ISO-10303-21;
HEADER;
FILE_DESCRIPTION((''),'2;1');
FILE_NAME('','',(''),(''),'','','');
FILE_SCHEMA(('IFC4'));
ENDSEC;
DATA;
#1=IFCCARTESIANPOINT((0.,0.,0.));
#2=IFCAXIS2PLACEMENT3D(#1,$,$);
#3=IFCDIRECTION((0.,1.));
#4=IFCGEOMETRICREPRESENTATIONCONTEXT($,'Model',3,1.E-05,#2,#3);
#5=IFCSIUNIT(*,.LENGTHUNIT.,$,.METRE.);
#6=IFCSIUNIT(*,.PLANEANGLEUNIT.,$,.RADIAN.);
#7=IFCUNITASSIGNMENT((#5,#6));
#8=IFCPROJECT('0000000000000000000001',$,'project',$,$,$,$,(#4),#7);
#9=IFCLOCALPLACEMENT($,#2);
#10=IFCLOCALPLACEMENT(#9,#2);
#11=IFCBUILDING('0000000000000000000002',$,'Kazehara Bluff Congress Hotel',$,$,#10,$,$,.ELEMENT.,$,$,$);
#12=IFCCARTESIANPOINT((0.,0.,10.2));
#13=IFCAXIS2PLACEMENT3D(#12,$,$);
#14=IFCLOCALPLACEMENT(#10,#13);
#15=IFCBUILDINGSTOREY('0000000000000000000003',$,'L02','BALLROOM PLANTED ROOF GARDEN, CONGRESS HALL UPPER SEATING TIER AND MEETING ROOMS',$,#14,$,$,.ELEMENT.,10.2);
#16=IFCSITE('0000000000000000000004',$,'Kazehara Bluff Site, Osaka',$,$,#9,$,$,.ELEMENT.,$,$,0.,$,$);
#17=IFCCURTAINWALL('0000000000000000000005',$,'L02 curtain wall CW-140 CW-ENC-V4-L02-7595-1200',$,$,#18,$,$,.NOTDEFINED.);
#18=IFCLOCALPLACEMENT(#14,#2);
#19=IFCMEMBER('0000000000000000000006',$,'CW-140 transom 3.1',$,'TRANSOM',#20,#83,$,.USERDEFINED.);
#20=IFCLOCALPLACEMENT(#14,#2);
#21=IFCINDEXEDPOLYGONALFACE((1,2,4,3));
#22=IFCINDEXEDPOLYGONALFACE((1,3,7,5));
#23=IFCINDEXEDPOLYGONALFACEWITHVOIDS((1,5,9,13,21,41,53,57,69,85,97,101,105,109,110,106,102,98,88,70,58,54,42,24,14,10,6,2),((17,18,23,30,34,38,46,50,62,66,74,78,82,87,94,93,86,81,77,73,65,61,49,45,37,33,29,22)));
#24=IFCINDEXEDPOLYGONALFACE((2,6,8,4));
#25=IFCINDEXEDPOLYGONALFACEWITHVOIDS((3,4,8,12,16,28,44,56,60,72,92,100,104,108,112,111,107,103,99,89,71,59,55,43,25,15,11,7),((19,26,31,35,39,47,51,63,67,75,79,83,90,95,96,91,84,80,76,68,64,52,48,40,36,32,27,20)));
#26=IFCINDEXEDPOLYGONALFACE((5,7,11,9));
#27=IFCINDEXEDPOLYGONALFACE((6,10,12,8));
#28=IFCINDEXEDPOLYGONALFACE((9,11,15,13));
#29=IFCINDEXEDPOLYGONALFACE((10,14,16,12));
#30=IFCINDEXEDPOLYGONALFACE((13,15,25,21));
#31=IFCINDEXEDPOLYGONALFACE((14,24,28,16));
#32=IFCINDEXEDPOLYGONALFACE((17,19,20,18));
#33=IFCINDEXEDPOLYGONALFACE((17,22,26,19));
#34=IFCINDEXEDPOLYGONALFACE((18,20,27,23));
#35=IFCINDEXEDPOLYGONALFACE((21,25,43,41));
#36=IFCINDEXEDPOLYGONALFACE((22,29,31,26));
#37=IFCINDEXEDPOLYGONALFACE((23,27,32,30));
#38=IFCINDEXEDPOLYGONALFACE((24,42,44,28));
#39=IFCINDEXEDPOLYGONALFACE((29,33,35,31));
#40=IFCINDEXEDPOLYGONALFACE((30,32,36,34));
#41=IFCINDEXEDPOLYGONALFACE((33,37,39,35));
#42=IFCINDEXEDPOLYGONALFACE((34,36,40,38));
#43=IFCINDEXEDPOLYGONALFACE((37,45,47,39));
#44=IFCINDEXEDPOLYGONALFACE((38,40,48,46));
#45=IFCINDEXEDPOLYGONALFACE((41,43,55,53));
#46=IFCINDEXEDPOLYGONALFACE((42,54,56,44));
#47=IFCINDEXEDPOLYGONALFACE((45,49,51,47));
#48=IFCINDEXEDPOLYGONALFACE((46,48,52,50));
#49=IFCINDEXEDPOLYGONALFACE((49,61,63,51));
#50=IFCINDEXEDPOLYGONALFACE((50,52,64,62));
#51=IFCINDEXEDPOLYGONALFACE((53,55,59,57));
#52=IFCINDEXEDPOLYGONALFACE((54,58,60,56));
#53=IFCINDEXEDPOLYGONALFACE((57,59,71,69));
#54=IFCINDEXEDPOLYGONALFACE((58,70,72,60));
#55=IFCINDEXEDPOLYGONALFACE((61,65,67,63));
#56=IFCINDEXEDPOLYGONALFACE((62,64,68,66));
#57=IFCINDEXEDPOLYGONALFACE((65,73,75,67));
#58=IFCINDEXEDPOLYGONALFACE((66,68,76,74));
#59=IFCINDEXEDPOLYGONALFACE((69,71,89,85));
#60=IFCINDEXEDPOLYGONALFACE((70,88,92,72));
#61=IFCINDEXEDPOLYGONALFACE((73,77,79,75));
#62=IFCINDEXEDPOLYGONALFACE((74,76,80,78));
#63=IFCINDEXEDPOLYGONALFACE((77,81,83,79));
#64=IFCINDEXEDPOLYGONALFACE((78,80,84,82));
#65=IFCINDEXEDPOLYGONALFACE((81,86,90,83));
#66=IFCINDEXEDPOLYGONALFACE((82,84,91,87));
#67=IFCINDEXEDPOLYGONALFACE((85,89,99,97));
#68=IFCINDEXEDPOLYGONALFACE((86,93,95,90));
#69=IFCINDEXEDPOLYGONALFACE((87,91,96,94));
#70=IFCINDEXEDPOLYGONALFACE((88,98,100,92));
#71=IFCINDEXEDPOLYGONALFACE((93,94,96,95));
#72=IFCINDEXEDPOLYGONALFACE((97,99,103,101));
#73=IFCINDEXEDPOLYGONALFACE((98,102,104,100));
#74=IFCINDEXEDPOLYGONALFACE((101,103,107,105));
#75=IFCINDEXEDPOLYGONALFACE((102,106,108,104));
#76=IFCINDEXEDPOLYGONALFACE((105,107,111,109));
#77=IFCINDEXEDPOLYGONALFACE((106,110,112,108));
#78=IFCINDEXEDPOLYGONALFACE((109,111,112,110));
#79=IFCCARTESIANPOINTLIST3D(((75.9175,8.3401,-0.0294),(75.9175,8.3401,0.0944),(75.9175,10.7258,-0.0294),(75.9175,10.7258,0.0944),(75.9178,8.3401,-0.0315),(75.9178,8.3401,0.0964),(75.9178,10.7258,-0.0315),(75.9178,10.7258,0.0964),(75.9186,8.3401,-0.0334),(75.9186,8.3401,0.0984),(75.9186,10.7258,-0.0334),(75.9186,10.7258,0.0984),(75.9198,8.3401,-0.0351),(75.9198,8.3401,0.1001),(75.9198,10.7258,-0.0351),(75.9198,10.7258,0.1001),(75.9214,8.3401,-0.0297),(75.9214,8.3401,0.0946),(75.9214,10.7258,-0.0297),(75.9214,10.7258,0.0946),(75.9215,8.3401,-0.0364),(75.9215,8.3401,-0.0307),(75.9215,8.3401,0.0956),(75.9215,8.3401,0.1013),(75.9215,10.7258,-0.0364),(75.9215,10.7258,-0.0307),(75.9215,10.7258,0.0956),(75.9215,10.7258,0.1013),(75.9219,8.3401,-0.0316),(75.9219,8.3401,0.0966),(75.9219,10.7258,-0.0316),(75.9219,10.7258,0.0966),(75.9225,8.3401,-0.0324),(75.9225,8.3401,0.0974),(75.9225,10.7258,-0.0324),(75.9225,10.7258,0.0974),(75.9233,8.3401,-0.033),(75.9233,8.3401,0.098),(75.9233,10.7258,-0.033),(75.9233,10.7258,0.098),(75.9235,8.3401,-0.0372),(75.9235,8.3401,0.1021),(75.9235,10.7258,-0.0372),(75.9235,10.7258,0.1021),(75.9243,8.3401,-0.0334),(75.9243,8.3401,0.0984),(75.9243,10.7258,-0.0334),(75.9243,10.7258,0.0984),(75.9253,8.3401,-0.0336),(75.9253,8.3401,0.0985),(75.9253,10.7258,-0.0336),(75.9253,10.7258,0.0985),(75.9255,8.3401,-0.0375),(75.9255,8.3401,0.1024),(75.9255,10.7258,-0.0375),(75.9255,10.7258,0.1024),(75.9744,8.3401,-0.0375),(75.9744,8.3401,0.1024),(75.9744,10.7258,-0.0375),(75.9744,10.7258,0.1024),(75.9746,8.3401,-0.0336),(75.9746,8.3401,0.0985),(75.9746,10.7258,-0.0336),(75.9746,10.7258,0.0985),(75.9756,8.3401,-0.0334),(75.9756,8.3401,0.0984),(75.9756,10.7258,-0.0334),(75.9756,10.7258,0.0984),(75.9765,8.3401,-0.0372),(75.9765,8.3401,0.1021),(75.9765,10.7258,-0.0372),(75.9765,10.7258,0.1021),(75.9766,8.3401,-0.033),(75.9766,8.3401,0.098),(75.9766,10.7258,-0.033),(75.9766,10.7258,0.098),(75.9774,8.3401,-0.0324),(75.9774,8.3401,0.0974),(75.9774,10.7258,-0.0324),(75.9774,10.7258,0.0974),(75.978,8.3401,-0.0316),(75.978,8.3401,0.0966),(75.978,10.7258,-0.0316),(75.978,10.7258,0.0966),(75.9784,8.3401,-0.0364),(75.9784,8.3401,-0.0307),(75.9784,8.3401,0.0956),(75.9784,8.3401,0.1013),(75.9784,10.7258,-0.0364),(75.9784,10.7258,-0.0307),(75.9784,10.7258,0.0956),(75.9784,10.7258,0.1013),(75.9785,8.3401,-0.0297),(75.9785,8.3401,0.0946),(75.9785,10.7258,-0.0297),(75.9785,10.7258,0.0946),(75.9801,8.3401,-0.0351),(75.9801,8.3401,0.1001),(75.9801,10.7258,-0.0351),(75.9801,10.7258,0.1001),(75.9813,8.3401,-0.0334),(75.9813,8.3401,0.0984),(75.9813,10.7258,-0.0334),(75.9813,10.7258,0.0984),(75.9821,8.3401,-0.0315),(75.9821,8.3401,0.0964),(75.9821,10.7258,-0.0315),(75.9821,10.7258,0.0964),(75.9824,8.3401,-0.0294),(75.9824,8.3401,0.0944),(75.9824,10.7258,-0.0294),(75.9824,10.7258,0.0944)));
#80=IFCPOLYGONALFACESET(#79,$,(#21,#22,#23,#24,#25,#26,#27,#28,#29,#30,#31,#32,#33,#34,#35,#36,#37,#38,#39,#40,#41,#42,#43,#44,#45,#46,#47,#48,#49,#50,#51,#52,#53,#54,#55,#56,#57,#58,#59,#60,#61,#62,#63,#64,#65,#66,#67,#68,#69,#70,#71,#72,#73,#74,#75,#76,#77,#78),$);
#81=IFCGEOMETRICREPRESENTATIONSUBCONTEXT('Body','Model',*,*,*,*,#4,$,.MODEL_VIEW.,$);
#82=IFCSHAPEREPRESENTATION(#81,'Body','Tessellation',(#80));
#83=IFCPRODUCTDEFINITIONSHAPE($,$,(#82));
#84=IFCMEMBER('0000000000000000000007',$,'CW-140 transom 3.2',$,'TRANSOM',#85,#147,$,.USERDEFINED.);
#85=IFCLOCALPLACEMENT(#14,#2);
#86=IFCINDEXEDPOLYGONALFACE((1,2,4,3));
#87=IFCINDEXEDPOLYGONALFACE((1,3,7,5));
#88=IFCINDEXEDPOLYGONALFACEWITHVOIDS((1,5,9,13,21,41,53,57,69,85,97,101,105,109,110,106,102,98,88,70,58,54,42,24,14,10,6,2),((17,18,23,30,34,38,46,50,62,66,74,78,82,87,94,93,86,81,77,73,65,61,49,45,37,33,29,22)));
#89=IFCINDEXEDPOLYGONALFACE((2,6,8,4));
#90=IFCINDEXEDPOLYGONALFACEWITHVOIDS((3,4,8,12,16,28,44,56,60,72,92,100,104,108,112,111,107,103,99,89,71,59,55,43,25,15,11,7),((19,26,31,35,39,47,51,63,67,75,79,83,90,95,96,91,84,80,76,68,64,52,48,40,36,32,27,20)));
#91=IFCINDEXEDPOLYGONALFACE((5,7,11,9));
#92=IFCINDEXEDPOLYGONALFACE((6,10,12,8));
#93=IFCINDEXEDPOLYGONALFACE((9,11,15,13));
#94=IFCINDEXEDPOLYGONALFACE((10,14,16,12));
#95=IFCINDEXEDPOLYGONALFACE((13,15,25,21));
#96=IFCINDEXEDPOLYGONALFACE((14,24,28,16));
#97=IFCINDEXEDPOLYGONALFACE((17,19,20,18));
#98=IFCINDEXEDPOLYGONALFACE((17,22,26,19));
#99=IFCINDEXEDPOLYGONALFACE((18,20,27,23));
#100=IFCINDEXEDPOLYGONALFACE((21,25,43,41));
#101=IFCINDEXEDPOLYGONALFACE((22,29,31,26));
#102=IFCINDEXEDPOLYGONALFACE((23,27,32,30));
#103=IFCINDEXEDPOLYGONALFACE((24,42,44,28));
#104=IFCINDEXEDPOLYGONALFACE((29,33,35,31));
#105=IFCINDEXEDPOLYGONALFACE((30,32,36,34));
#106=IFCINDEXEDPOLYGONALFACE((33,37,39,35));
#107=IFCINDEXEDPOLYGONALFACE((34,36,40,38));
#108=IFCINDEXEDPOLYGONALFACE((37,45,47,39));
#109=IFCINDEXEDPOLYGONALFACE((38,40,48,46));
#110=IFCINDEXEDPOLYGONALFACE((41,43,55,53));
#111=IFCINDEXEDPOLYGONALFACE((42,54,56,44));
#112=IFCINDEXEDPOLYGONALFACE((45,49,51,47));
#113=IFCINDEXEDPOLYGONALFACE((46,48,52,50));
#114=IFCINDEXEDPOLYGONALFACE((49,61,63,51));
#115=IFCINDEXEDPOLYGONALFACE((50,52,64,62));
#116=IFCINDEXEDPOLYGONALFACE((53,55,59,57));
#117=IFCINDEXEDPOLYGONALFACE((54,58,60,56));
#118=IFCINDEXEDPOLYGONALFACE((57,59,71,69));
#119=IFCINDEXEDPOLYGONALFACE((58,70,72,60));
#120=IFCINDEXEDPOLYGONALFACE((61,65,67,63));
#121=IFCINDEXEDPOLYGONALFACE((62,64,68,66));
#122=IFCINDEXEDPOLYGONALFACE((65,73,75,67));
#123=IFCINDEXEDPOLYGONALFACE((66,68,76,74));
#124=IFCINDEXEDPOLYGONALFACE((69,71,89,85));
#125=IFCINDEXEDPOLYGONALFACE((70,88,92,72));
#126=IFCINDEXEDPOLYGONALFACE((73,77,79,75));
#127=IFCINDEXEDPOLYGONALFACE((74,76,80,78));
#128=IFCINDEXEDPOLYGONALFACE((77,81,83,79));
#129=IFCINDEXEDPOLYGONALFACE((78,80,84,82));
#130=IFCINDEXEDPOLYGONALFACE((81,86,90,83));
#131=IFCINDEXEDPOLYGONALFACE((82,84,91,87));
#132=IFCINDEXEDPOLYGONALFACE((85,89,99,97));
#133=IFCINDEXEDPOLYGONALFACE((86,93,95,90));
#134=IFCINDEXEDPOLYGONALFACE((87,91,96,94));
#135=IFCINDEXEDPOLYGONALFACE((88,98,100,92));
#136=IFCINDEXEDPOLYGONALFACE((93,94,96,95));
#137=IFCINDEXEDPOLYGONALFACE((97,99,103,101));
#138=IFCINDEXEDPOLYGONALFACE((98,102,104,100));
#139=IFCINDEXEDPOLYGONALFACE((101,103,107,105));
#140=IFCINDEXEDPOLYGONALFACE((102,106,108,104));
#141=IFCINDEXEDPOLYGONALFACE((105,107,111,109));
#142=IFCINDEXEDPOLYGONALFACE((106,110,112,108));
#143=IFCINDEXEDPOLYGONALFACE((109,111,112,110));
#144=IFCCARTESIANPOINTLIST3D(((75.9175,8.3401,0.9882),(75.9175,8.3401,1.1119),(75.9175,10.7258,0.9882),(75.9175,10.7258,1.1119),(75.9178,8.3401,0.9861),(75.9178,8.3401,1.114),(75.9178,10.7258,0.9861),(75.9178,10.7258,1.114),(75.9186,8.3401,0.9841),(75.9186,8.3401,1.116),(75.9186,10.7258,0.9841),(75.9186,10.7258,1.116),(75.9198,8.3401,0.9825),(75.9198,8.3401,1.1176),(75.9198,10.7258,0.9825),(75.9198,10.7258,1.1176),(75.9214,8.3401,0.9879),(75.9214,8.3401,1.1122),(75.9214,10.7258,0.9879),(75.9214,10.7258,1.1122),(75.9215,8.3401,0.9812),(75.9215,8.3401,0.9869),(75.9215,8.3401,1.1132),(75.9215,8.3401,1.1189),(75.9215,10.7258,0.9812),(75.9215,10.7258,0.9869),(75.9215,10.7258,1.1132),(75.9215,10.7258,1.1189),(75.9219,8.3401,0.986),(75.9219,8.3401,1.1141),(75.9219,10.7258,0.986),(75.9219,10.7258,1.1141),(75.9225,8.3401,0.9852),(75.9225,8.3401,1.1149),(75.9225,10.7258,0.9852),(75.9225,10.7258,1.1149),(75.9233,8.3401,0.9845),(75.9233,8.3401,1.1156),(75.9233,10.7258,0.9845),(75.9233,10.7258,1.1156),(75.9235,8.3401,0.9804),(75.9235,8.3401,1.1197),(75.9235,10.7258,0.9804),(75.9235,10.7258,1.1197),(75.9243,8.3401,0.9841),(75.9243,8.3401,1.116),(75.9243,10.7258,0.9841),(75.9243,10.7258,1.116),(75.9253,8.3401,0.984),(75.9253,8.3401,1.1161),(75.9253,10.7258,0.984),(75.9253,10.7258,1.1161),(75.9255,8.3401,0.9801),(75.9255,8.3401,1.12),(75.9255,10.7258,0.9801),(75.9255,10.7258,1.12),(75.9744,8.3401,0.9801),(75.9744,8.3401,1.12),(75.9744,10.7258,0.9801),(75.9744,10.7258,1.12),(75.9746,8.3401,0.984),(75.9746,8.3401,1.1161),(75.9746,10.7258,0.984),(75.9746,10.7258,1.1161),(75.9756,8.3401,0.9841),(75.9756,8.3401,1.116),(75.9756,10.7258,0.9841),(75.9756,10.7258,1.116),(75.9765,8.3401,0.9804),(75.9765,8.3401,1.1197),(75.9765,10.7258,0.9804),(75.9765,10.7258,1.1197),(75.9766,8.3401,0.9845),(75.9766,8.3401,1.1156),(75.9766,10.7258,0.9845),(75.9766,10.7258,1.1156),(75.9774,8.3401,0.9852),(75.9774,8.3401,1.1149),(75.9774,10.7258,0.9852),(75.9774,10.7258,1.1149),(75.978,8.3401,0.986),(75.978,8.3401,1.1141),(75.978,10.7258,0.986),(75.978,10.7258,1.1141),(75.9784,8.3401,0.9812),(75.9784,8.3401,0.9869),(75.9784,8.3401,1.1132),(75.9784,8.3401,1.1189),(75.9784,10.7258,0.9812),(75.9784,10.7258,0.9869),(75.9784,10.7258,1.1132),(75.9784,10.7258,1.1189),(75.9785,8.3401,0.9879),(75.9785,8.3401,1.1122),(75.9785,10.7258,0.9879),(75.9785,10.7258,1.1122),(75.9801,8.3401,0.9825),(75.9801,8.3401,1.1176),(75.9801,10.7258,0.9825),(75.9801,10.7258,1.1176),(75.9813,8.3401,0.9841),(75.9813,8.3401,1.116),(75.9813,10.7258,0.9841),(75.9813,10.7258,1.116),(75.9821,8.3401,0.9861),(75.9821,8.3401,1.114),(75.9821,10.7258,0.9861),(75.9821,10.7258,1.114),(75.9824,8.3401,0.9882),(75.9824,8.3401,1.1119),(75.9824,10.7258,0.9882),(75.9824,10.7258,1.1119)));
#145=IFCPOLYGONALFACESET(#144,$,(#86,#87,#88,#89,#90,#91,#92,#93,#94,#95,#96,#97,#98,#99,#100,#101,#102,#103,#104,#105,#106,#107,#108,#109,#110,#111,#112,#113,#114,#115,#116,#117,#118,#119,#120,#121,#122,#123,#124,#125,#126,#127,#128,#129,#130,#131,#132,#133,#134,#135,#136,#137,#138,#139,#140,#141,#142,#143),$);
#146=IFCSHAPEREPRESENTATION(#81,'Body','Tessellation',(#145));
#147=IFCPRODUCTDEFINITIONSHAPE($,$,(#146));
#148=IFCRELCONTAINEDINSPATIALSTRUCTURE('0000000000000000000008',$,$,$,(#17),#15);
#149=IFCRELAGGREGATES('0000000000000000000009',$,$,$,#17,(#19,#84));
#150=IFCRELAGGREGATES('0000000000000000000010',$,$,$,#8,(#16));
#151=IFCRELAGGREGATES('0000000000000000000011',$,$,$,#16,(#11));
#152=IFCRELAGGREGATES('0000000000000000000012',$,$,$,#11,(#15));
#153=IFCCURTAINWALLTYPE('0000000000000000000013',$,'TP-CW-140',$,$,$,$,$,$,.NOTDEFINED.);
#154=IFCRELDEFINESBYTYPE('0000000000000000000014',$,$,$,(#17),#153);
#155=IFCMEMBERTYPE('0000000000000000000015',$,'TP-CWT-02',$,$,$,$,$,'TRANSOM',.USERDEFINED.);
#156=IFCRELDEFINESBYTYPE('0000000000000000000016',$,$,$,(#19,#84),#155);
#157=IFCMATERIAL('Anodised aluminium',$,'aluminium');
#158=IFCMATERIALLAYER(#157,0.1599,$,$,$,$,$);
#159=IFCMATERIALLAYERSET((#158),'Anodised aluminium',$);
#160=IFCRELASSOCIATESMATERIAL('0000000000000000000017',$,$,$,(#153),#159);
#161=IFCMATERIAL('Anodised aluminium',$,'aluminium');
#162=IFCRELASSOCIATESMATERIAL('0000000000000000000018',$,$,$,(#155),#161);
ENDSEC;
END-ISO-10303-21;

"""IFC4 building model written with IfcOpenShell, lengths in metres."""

from ifc_helpers import new_model, si_unit, direction, frame, origin, origin_2d, place, context, subcontext, project, spatial, hollow_rectangle, extrude, material, layer, layer_set, material_profile, profile_set, type_object, element, aggregate, save


model = new_model("IFC4")

# Units and contexts
model_context = context("Model", 3, precision=1e-05, world=origin(), true_north=direction((0.0, 1.0)))
body_context = subcontext(model_context, "Body", "Model", "MODEL_VIEW")
ifc_project = project(units=[si_unit("LENGTHUNIT", "METRE"), si_unit("PLANEANGLEUNIT", "RADIAN")], contexts=[model_context])

# Site, building, storey
site_placement = place(None, origin())
site = spatial("IfcSite", under=ifc_project, at=site_placement, Name="Kazehara Bluff Site, Osaka", CompositionType="ELEMENT", RefElevation=0.0)
building_placement = place(site_placement, origin())
building = spatial("IfcBuilding", under=site, at=building_placement, Name="Kazehara Bluff Congress Hotel", CompositionType="ELEMENT")
storey_placement = place(building_placement, frame((0.0, 0.0, 10.2)))
storey = spatial("IfcBuildingStorey", under=building, at=storey_placement, Name="L02", Description="BALLROOM PLANTED ROOF GARDEN, CONGRESS HALL UPPER SEATING TIER AND MEETING ROOMS", CompositionType="ELEMENT", Elevation=10.2)

# Curtain wall
ifc_material_1 = material(Name="Anodised aluminium", Category="aluminium")
ifc_layer_1 = layer(ifc_material_1, 0.1599)
ifc_layer_set_1 = layer_set([ifc_layer_1], Name="Anodised aluminium")
curtain_wall_type_1 = type_object("IfcCurtainWallType", Name="TP-CW-140", PredefinedType="NOTDEFINED", material=ifc_layer_set_1)
curtain_wall_1_placement = place(storey_placement, origin())
curtain_wall_1 = element("IfcCurtainWall", 1, at=curtain_wall_1_placement, inside=storey, type_object=curtain_wall_type_1, Name="L02 curtain wall CW-140 CW-ENC-V4-L02-7595-1200", PredefinedType="NOTDEFINED")

# Members
ifc_material_2 = material(Name="Anodised aluminium", Category="aluminium")
ifc_material_profile_1 = material_profile(ifc_material_2, hollow_rectangle(XDim=0.0649, YDim=0.1399, WallThickness=0.0039, InnerFilletRadius=0.0039, OuterFilletRadius=0.0081, at=origin_2d()))
ifc_profile_set_1 = profile_set([ifc_material_profile_1], Name="Anodised aluminium")
member_type_1 = type_object("IfcMemberType", Name="TP-CWT-02", ElementType="TRANSOM", PredefinedType="USERDEFINED", material=ifc_profile_set_1)
member_1_placement = place(storey_placement, frame((75.95, 10.7258, 0.0325), z_axis=(0.0, -1.0, 0.0), x_axis=(1.0, 0.0, 0.0)))
member_1 = element("IfcMember", 2, at=member_1_placement, type_object=member_type_1, Name="CW-140 transom 3.1", ObjectType="TRANSOM", PredefinedType="USERDEFINED", context=body_context, shape_type="SweptSolid", body=[
    extrude(hollow_rectangle(XDim=0.0649, YDim=0.1399, WallThickness=0.0039, InnerFilletRadius=0.0039, OuterFilletRadius=0.0081, at=origin_2d()), origin(), (0.0, 0.0, 1.0), 2.3857),
])
member_2_placement = place(storey_placement, frame((75.95, 10.7258, 1.05), z_axis=(0.0, -1.0, 0.0), x_axis=(1.0, 0.0, 0.0)))
member_2 = element("IfcMember", 3, at=member_2_placement, type_object=member_type_1, Name="CW-140 transom 3.2", ObjectType="TRANSOM", PredefinedType="USERDEFINED", context=body_context, shape_type="SweptSolid", body=[
    extrude(hollow_rectangle(XDim=0.0649, YDim=0.1399, WallThickness=0.0039, InnerFilletRadius=0.0039, OuterFilletRadius=0.0081, at=origin_2d()), origin(), (0.0, 0.0, 1.0), 2.3857),
])

aggregate(curtain_wall_1, [member_1, member_2])

save(model, "model.ifc")
